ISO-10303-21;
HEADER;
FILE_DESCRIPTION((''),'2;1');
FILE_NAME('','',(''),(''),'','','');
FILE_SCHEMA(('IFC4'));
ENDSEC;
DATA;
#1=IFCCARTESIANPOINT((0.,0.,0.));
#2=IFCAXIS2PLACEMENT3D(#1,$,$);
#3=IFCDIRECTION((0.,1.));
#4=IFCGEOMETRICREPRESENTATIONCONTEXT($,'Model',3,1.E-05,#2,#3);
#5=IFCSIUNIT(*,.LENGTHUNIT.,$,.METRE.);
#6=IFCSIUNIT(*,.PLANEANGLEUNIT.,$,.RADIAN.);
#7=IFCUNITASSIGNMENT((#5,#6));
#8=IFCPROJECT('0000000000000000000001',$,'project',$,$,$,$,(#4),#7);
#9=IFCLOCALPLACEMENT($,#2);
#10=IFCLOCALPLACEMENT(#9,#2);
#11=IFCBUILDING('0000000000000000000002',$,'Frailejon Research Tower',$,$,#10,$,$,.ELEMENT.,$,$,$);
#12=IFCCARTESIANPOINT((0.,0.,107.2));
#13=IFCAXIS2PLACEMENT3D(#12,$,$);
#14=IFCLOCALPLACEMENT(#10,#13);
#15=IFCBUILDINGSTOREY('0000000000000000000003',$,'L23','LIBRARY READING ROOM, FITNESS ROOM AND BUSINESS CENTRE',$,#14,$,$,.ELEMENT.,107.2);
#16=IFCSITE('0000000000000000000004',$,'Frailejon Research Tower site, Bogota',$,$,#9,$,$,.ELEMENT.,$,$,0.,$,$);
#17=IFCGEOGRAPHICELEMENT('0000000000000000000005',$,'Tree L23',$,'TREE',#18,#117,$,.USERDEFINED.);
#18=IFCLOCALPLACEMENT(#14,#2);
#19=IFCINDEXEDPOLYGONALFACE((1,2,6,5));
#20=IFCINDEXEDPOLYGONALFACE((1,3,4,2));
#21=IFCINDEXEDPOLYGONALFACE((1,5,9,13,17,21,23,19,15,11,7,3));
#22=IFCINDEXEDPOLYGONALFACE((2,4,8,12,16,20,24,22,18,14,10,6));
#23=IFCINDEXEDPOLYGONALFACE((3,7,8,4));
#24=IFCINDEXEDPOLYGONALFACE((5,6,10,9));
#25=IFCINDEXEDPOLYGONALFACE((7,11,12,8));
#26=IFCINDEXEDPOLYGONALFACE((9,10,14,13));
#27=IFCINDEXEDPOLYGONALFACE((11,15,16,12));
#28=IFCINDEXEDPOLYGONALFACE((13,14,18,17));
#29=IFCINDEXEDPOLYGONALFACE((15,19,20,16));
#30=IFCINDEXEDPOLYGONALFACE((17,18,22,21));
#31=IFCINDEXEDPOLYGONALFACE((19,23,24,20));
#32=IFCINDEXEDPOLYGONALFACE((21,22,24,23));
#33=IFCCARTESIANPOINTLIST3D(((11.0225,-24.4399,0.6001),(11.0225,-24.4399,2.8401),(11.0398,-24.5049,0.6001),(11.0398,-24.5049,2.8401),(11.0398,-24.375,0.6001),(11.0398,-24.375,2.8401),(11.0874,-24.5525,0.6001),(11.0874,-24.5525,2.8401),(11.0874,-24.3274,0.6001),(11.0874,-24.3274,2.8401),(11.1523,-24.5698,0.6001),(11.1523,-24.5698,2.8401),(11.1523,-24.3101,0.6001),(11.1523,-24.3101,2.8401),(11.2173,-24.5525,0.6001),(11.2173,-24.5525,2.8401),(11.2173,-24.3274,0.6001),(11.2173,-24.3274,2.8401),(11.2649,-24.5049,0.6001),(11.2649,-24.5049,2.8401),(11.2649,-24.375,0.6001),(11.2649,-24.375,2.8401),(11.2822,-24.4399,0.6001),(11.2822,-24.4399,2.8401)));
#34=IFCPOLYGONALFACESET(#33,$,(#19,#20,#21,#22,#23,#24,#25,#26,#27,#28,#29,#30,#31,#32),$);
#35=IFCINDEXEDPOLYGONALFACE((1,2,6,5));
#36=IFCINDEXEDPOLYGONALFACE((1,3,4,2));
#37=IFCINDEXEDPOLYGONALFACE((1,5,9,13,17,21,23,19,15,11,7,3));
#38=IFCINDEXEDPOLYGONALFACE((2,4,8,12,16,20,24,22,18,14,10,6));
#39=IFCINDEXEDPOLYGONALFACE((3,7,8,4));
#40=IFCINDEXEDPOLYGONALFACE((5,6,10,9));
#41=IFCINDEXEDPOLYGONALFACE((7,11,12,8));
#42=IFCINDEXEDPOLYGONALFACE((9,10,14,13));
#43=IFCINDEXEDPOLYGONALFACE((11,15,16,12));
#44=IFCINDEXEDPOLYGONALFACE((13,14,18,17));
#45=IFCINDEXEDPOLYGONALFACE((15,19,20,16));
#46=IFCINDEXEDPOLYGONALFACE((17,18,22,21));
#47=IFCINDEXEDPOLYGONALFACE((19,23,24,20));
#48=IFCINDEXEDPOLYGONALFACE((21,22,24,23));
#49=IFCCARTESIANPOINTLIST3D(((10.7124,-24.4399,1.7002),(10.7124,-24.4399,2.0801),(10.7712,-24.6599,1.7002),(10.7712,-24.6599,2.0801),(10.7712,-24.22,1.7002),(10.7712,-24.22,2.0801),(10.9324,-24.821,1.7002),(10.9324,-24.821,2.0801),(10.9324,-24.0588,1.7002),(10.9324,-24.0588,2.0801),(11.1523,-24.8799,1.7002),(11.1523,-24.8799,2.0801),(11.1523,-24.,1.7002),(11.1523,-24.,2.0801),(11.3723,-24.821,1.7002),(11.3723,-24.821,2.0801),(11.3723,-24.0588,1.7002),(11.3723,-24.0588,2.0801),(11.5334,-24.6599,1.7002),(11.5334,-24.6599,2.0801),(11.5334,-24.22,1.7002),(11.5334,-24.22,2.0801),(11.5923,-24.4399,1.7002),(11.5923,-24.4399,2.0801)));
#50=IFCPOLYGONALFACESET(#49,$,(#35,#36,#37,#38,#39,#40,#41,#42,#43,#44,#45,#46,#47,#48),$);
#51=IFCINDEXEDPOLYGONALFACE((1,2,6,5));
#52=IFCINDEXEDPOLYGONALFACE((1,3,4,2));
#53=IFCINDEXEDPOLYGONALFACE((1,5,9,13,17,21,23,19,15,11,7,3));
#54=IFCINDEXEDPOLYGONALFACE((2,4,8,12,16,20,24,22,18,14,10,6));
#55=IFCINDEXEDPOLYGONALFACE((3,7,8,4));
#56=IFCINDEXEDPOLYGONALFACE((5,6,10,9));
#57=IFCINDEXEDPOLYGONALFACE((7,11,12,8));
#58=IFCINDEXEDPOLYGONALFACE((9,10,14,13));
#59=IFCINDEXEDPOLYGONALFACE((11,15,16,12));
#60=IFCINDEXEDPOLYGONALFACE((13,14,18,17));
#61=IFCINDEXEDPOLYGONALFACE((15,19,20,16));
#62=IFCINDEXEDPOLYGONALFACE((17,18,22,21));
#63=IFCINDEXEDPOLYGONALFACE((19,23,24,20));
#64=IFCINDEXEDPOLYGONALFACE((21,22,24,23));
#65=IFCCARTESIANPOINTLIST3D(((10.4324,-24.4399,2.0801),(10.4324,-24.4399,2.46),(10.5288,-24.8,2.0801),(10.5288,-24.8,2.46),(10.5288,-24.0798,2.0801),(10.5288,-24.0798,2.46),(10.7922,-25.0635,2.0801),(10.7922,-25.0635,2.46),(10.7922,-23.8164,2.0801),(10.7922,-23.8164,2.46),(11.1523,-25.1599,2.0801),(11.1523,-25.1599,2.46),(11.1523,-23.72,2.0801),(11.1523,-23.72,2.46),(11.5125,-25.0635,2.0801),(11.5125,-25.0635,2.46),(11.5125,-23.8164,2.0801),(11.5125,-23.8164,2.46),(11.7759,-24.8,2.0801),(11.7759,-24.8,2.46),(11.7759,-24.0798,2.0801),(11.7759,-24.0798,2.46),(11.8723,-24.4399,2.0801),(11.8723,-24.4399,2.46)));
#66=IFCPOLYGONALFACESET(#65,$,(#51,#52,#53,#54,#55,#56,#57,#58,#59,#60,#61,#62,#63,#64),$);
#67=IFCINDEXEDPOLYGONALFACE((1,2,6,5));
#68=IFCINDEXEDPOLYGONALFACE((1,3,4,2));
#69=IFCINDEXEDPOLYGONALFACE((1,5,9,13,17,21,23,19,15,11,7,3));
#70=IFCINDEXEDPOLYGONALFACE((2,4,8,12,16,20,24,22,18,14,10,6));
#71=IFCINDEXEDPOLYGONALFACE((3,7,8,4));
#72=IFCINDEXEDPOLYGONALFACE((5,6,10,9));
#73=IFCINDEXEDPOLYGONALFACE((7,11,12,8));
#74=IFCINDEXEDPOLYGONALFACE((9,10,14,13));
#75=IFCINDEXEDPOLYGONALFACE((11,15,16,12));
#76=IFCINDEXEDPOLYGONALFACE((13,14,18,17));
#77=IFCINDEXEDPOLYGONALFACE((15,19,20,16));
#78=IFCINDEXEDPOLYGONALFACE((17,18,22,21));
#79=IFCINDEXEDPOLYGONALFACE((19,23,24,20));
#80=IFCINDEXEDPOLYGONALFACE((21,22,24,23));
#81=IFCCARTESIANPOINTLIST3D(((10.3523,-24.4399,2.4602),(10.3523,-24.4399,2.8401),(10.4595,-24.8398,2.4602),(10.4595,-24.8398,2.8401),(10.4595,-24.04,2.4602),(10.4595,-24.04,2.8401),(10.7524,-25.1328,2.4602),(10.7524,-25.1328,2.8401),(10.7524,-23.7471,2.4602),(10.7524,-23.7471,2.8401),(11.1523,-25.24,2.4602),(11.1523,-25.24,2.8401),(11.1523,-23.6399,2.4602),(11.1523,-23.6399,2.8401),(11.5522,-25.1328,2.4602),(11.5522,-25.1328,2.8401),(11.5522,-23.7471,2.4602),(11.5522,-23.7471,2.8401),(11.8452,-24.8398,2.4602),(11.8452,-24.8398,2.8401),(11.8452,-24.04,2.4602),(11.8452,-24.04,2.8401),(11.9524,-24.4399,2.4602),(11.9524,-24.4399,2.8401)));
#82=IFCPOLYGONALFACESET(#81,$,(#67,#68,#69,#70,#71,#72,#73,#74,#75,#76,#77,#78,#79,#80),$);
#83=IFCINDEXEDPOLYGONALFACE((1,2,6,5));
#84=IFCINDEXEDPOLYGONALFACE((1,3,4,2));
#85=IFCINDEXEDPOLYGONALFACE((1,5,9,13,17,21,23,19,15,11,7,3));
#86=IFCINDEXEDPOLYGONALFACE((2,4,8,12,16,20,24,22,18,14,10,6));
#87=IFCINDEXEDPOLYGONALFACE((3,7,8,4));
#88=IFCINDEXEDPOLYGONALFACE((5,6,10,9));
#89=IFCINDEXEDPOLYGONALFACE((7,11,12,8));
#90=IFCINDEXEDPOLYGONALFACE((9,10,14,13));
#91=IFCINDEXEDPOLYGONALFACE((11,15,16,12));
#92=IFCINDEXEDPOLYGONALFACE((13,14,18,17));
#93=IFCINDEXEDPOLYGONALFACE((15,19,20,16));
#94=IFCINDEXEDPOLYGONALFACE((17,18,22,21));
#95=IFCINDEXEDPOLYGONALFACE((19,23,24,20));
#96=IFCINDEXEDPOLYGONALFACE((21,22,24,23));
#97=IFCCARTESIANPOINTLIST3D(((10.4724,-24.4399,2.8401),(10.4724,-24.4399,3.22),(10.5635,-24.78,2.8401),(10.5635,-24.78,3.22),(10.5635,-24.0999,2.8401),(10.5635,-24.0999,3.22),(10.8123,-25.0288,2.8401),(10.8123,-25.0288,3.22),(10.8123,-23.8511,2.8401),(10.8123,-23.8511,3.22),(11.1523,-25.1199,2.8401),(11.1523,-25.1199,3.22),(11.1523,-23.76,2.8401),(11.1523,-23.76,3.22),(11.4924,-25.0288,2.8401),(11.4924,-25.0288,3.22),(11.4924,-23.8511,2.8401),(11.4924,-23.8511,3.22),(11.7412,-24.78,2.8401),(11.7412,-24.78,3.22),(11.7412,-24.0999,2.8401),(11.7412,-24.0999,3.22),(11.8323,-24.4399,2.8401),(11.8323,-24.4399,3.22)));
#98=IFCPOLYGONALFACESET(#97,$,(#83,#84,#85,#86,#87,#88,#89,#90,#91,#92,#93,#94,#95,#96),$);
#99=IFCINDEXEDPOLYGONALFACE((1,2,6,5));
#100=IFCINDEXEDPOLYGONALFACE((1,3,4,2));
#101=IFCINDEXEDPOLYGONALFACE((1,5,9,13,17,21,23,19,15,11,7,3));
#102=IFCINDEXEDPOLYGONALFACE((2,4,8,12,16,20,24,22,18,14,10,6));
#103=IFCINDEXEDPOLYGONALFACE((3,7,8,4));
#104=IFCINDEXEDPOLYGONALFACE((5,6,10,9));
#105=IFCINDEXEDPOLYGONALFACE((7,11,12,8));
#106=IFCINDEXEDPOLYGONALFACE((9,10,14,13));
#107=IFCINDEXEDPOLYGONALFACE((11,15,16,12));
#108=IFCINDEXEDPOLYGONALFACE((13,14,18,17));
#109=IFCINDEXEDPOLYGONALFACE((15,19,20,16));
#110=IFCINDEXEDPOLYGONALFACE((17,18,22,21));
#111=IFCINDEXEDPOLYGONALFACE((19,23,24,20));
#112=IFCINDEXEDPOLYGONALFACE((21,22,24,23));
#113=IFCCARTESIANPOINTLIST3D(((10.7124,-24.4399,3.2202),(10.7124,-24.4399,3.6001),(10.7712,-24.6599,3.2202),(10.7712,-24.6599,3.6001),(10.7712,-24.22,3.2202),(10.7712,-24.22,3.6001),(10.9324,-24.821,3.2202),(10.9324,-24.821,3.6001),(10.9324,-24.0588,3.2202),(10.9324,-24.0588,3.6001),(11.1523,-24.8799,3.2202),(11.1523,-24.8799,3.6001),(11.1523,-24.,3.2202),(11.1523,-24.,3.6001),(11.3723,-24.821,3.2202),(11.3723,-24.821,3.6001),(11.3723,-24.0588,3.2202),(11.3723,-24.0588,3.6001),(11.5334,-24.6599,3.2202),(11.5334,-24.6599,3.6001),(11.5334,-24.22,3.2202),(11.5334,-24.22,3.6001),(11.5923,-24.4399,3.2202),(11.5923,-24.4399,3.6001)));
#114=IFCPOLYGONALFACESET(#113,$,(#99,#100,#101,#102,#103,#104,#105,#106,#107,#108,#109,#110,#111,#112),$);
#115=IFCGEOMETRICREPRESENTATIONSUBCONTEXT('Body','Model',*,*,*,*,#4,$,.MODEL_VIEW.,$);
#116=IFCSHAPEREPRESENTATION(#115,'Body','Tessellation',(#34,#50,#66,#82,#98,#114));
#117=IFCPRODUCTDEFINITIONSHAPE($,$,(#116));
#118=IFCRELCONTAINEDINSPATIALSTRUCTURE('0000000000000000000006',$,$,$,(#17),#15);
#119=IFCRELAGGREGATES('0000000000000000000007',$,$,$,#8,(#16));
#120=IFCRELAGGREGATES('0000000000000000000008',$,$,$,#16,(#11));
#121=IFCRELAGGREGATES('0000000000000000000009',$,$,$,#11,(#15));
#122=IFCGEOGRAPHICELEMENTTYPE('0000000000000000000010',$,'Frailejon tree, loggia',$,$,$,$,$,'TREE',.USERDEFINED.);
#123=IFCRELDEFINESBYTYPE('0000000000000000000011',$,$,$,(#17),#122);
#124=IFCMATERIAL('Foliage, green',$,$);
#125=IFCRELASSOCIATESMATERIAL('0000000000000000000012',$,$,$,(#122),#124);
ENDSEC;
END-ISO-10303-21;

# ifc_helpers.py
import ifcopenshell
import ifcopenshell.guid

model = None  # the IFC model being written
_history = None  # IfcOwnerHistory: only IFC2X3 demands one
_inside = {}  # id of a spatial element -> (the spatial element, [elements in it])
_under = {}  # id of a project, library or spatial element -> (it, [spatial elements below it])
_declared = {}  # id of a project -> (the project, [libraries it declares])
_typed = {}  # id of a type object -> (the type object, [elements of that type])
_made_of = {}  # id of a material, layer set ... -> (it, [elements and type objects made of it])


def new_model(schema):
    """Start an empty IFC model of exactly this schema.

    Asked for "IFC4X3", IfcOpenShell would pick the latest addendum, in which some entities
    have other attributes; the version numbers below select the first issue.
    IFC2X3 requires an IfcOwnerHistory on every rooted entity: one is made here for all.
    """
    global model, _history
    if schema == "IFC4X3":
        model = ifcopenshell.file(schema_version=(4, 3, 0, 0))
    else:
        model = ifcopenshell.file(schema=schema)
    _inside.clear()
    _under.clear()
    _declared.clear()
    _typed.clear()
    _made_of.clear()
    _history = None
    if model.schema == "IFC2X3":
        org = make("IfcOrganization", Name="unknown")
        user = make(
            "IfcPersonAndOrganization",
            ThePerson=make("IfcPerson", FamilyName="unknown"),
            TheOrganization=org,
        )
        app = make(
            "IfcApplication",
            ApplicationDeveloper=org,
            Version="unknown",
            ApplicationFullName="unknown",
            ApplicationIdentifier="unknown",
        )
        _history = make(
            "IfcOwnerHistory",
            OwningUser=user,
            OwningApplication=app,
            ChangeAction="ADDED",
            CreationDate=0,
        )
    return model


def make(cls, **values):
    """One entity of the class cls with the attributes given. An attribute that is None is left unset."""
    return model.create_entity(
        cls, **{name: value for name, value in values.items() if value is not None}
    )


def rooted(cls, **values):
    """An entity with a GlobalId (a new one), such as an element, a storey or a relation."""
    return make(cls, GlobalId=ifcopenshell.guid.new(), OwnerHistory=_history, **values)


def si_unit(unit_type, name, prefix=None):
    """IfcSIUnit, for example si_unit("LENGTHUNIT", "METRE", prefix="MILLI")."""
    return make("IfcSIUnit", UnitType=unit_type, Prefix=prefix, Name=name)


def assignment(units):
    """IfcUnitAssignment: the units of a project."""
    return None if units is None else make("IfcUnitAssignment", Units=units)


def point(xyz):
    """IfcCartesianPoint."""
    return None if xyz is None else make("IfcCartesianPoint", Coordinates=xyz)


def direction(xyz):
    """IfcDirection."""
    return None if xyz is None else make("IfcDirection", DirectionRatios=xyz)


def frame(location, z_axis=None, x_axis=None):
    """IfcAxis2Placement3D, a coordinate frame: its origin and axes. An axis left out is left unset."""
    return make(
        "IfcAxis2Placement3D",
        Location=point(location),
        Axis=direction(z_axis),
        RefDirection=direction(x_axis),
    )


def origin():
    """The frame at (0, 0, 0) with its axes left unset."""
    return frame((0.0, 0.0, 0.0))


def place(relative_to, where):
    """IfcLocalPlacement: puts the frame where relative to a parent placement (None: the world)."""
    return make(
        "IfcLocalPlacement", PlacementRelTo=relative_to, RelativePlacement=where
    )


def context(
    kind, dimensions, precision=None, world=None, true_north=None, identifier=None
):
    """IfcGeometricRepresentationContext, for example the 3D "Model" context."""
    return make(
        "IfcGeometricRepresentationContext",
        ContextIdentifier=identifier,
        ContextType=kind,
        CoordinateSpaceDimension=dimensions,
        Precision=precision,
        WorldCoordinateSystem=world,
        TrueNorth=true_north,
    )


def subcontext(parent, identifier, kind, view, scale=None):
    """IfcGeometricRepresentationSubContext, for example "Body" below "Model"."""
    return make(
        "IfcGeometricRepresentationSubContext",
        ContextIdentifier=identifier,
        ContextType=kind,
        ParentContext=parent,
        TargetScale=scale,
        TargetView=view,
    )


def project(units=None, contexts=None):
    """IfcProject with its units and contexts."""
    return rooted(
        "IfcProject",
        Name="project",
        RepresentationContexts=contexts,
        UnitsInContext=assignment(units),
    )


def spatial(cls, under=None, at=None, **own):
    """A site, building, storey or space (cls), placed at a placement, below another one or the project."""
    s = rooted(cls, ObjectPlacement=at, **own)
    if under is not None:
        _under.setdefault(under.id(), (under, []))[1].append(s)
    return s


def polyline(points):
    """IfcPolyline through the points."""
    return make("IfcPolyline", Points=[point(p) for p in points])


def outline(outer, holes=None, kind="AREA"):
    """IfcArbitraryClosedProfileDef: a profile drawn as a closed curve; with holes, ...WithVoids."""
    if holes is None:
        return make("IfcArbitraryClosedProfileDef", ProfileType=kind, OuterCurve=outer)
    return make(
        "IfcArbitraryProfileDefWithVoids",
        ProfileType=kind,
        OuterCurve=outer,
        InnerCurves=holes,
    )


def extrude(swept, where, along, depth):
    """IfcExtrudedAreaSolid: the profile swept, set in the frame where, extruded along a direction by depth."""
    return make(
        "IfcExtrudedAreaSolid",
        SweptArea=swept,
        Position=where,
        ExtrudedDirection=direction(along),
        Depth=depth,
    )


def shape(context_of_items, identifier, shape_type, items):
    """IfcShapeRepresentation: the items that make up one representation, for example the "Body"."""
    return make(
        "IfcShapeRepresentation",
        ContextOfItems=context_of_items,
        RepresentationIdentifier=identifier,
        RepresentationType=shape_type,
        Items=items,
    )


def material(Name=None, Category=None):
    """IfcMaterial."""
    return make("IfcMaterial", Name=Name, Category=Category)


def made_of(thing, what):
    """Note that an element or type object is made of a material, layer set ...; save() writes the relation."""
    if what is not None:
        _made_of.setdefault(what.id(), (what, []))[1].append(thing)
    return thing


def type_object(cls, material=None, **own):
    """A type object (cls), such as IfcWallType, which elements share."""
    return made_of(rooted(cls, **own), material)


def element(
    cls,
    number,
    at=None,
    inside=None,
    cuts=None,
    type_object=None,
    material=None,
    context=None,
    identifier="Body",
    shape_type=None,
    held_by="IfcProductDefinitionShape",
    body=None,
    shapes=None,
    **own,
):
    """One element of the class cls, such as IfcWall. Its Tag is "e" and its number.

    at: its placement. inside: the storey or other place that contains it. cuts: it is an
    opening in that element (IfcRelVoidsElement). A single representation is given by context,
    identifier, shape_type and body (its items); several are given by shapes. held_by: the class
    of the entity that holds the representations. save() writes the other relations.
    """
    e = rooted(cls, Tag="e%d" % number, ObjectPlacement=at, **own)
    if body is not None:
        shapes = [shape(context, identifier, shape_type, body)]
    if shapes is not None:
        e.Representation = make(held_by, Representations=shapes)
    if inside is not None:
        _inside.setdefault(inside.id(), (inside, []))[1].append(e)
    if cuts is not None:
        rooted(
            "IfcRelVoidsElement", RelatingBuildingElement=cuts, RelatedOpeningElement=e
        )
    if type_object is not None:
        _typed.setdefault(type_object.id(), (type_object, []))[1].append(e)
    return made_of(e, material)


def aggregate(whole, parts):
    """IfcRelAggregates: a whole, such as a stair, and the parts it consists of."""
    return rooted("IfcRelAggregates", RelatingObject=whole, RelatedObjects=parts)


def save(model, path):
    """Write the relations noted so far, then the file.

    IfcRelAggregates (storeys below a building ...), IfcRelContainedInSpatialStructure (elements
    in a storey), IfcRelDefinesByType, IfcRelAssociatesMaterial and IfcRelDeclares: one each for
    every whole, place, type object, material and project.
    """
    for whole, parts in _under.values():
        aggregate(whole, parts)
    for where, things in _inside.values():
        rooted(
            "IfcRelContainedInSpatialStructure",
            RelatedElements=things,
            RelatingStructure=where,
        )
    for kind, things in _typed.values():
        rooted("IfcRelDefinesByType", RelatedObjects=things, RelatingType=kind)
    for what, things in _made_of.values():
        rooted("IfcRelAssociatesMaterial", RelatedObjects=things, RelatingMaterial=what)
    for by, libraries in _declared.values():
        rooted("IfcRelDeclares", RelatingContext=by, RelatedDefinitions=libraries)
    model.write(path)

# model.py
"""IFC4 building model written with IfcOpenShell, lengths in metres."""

from ifc_helpers import new_model, si_unit, direction, frame, origin, place, context, subcontext, project, spatial, polyline, outline, extrude, material, type_object, element, save


model = new_model("IFC4")

# Units and contexts
model_context = context("Model", 3, precision=1e-05, world=origin(), true_north=direction((0.0, 1.0)))
body_context = subcontext(model_context, "Body", "Model", "MODEL_VIEW")
ifc_project = project(units=[si_unit("LENGTHUNIT", "METRE"), si_unit("PLANEANGLEUNIT", "RADIAN")], contexts=[model_context])

# Site, building, storey
site_placement = place(None, origin())
site = spatial("IfcSite", under=ifc_project, at=site_placement, Name="Frailejon Research Tower site, Bogota", CompositionType="ELEMENT", RefElevation=0.0)
building_placement = place(site_placement, origin())
building = spatial("IfcBuilding", under=site, at=building_placement, Name="Frailejon Research Tower", CompositionType="ELEMENT")
storey_placement = place(building_placement, frame((0.0, 0.0, 107.2)))
storey = spatial("IfcBuildingStorey", under=building, at=storey_placement, Name="L23", Description="LIBRARY READING ROOM, FITNESS ROOM AND BUSINESS CENTRE", CompositionType="ELEMENT", Elevation=107.2)

# Geographic element
ifc_material_1 = material(Name="Foliage, green")
geographic_element_type = type_object("IfcGeographicElementType", Name="Frailejon tree, loggia", ElementType="TREE", PredefinedType="USERDEFINED", material=ifc_material_1)
geographic_element_placement = place(storey_placement, frame((11.1523, -24.4399, 0.6001)))
element("IfcGeographicElement", 1, at=geographic_element_placement, inside=storey, type_object=geographic_element_type, Name="Tree L23", ObjectType="TREE", PredefinedType="USERDEFINED", context=body_context, shape_type="SweptSolid", body=[
    extrude(outline(polyline([(0.1299, 0.0), (0.1125, 0.0649), (0.0649, 0.1125), (0.0, 0.1299), (-0.0649, 0.1125), (-0.1125, 0.0649), (-0.1299, 0.0), (-0.1125, -0.0649), (-0.0649, -0.1125), (0.0, -0.1299), (0.0649, -0.1125), (0.1125, -0.0649), (0.1299, 0.0)])), origin(), (0.0, 0.0, 1.0), 2.24),
    extrude(outline(polyline([(0.4399, 0.0), (0.3811, 0.22), (0.22, 0.3811), (0.0, 0.4399), (-0.22, 0.3811), (-0.3811, 0.22), (-0.4399, 0.0), (-0.3811, -0.22), (-0.22, -0.3811), (0.0, -0.4399), (0.22, -0.3811), (0.3811, -0.22), (0.4399, 0.0)])), frame((0.0, 0.0, 1.1001)), (0.0, 0.0, 1.0), 0.3799),
    extrude(outline(polyline([(0.72, 0.0), (0.6235, 0.3601), (0.3601, 0.6235), (0.0, 0.72), (-0.3601, 0.6235), (-0.6235, 0.3601), (-0.72, 0.0), (-0.6235, -0.3601), (-0.3601, -0.6235), (0.0, -0.72), (0.3601, -0.6235), (0.6235, -0.3601), (0.72, 0.0)])), frame((0.0, 0.0, 1.48)), (0.0, 0.0, 1.0), 0.3799),
    extrude(outline(polyline([(0.8, 0.0), (0.6929, 0.3999), (0.3999, 0.6929), (0.0, 0.8), (-0.3999, 0.6929), (-0.6929, 0.3999), (-0.8, 0.0), (-0.6929, -0.3999), (-0.3999, -0.6929), (0.0, -0.8), (0.3999, -0.6929), (0.6929, -0.3999), (0.8, 0.0)])), frame((0.0, 0.0, 1.8601)), (0.0, 0.0, 1.0), 0.3799),
    extrude(outline(polyline([(0.6799, 0.0), (0.5889, 0.3401), (0.3401, 0.5889), (0.0, 0.6799), (-0.3401, 0.5889), (-0.5889, 0.3401), (-0.6799, 0.0), (-0.5889, -0.3401), (-0.3401, -0.5889), (0.0, -0.6799), (0.3401, -0.5889), (0.5889, -0.3401), (0.6799, 0.0)])), frame((0.0, 0.0, 2.24)), (0.0, 0.0, 1.0), 0.3799),
    extrude(outline(polyline([(0.4399, 0.0), (0.3811, 0.22), (0.22, 0.3811), (0.0, 0.4399), (-0.22, 0.3811), (-0.3811, 0.22), (-0.4399, 0.0), (-0.3811, -0.22), (-0.22, -0.3811), (0.0, -0.4399), (0.22, -0.3811), (0.3811, -0.22), (0.4399, 0.0)])), frame((0.0, 0.0, 2.6201)), (0.0, 0.0, 1.0), 0.3799),
])

save(model, "model.ifc")
